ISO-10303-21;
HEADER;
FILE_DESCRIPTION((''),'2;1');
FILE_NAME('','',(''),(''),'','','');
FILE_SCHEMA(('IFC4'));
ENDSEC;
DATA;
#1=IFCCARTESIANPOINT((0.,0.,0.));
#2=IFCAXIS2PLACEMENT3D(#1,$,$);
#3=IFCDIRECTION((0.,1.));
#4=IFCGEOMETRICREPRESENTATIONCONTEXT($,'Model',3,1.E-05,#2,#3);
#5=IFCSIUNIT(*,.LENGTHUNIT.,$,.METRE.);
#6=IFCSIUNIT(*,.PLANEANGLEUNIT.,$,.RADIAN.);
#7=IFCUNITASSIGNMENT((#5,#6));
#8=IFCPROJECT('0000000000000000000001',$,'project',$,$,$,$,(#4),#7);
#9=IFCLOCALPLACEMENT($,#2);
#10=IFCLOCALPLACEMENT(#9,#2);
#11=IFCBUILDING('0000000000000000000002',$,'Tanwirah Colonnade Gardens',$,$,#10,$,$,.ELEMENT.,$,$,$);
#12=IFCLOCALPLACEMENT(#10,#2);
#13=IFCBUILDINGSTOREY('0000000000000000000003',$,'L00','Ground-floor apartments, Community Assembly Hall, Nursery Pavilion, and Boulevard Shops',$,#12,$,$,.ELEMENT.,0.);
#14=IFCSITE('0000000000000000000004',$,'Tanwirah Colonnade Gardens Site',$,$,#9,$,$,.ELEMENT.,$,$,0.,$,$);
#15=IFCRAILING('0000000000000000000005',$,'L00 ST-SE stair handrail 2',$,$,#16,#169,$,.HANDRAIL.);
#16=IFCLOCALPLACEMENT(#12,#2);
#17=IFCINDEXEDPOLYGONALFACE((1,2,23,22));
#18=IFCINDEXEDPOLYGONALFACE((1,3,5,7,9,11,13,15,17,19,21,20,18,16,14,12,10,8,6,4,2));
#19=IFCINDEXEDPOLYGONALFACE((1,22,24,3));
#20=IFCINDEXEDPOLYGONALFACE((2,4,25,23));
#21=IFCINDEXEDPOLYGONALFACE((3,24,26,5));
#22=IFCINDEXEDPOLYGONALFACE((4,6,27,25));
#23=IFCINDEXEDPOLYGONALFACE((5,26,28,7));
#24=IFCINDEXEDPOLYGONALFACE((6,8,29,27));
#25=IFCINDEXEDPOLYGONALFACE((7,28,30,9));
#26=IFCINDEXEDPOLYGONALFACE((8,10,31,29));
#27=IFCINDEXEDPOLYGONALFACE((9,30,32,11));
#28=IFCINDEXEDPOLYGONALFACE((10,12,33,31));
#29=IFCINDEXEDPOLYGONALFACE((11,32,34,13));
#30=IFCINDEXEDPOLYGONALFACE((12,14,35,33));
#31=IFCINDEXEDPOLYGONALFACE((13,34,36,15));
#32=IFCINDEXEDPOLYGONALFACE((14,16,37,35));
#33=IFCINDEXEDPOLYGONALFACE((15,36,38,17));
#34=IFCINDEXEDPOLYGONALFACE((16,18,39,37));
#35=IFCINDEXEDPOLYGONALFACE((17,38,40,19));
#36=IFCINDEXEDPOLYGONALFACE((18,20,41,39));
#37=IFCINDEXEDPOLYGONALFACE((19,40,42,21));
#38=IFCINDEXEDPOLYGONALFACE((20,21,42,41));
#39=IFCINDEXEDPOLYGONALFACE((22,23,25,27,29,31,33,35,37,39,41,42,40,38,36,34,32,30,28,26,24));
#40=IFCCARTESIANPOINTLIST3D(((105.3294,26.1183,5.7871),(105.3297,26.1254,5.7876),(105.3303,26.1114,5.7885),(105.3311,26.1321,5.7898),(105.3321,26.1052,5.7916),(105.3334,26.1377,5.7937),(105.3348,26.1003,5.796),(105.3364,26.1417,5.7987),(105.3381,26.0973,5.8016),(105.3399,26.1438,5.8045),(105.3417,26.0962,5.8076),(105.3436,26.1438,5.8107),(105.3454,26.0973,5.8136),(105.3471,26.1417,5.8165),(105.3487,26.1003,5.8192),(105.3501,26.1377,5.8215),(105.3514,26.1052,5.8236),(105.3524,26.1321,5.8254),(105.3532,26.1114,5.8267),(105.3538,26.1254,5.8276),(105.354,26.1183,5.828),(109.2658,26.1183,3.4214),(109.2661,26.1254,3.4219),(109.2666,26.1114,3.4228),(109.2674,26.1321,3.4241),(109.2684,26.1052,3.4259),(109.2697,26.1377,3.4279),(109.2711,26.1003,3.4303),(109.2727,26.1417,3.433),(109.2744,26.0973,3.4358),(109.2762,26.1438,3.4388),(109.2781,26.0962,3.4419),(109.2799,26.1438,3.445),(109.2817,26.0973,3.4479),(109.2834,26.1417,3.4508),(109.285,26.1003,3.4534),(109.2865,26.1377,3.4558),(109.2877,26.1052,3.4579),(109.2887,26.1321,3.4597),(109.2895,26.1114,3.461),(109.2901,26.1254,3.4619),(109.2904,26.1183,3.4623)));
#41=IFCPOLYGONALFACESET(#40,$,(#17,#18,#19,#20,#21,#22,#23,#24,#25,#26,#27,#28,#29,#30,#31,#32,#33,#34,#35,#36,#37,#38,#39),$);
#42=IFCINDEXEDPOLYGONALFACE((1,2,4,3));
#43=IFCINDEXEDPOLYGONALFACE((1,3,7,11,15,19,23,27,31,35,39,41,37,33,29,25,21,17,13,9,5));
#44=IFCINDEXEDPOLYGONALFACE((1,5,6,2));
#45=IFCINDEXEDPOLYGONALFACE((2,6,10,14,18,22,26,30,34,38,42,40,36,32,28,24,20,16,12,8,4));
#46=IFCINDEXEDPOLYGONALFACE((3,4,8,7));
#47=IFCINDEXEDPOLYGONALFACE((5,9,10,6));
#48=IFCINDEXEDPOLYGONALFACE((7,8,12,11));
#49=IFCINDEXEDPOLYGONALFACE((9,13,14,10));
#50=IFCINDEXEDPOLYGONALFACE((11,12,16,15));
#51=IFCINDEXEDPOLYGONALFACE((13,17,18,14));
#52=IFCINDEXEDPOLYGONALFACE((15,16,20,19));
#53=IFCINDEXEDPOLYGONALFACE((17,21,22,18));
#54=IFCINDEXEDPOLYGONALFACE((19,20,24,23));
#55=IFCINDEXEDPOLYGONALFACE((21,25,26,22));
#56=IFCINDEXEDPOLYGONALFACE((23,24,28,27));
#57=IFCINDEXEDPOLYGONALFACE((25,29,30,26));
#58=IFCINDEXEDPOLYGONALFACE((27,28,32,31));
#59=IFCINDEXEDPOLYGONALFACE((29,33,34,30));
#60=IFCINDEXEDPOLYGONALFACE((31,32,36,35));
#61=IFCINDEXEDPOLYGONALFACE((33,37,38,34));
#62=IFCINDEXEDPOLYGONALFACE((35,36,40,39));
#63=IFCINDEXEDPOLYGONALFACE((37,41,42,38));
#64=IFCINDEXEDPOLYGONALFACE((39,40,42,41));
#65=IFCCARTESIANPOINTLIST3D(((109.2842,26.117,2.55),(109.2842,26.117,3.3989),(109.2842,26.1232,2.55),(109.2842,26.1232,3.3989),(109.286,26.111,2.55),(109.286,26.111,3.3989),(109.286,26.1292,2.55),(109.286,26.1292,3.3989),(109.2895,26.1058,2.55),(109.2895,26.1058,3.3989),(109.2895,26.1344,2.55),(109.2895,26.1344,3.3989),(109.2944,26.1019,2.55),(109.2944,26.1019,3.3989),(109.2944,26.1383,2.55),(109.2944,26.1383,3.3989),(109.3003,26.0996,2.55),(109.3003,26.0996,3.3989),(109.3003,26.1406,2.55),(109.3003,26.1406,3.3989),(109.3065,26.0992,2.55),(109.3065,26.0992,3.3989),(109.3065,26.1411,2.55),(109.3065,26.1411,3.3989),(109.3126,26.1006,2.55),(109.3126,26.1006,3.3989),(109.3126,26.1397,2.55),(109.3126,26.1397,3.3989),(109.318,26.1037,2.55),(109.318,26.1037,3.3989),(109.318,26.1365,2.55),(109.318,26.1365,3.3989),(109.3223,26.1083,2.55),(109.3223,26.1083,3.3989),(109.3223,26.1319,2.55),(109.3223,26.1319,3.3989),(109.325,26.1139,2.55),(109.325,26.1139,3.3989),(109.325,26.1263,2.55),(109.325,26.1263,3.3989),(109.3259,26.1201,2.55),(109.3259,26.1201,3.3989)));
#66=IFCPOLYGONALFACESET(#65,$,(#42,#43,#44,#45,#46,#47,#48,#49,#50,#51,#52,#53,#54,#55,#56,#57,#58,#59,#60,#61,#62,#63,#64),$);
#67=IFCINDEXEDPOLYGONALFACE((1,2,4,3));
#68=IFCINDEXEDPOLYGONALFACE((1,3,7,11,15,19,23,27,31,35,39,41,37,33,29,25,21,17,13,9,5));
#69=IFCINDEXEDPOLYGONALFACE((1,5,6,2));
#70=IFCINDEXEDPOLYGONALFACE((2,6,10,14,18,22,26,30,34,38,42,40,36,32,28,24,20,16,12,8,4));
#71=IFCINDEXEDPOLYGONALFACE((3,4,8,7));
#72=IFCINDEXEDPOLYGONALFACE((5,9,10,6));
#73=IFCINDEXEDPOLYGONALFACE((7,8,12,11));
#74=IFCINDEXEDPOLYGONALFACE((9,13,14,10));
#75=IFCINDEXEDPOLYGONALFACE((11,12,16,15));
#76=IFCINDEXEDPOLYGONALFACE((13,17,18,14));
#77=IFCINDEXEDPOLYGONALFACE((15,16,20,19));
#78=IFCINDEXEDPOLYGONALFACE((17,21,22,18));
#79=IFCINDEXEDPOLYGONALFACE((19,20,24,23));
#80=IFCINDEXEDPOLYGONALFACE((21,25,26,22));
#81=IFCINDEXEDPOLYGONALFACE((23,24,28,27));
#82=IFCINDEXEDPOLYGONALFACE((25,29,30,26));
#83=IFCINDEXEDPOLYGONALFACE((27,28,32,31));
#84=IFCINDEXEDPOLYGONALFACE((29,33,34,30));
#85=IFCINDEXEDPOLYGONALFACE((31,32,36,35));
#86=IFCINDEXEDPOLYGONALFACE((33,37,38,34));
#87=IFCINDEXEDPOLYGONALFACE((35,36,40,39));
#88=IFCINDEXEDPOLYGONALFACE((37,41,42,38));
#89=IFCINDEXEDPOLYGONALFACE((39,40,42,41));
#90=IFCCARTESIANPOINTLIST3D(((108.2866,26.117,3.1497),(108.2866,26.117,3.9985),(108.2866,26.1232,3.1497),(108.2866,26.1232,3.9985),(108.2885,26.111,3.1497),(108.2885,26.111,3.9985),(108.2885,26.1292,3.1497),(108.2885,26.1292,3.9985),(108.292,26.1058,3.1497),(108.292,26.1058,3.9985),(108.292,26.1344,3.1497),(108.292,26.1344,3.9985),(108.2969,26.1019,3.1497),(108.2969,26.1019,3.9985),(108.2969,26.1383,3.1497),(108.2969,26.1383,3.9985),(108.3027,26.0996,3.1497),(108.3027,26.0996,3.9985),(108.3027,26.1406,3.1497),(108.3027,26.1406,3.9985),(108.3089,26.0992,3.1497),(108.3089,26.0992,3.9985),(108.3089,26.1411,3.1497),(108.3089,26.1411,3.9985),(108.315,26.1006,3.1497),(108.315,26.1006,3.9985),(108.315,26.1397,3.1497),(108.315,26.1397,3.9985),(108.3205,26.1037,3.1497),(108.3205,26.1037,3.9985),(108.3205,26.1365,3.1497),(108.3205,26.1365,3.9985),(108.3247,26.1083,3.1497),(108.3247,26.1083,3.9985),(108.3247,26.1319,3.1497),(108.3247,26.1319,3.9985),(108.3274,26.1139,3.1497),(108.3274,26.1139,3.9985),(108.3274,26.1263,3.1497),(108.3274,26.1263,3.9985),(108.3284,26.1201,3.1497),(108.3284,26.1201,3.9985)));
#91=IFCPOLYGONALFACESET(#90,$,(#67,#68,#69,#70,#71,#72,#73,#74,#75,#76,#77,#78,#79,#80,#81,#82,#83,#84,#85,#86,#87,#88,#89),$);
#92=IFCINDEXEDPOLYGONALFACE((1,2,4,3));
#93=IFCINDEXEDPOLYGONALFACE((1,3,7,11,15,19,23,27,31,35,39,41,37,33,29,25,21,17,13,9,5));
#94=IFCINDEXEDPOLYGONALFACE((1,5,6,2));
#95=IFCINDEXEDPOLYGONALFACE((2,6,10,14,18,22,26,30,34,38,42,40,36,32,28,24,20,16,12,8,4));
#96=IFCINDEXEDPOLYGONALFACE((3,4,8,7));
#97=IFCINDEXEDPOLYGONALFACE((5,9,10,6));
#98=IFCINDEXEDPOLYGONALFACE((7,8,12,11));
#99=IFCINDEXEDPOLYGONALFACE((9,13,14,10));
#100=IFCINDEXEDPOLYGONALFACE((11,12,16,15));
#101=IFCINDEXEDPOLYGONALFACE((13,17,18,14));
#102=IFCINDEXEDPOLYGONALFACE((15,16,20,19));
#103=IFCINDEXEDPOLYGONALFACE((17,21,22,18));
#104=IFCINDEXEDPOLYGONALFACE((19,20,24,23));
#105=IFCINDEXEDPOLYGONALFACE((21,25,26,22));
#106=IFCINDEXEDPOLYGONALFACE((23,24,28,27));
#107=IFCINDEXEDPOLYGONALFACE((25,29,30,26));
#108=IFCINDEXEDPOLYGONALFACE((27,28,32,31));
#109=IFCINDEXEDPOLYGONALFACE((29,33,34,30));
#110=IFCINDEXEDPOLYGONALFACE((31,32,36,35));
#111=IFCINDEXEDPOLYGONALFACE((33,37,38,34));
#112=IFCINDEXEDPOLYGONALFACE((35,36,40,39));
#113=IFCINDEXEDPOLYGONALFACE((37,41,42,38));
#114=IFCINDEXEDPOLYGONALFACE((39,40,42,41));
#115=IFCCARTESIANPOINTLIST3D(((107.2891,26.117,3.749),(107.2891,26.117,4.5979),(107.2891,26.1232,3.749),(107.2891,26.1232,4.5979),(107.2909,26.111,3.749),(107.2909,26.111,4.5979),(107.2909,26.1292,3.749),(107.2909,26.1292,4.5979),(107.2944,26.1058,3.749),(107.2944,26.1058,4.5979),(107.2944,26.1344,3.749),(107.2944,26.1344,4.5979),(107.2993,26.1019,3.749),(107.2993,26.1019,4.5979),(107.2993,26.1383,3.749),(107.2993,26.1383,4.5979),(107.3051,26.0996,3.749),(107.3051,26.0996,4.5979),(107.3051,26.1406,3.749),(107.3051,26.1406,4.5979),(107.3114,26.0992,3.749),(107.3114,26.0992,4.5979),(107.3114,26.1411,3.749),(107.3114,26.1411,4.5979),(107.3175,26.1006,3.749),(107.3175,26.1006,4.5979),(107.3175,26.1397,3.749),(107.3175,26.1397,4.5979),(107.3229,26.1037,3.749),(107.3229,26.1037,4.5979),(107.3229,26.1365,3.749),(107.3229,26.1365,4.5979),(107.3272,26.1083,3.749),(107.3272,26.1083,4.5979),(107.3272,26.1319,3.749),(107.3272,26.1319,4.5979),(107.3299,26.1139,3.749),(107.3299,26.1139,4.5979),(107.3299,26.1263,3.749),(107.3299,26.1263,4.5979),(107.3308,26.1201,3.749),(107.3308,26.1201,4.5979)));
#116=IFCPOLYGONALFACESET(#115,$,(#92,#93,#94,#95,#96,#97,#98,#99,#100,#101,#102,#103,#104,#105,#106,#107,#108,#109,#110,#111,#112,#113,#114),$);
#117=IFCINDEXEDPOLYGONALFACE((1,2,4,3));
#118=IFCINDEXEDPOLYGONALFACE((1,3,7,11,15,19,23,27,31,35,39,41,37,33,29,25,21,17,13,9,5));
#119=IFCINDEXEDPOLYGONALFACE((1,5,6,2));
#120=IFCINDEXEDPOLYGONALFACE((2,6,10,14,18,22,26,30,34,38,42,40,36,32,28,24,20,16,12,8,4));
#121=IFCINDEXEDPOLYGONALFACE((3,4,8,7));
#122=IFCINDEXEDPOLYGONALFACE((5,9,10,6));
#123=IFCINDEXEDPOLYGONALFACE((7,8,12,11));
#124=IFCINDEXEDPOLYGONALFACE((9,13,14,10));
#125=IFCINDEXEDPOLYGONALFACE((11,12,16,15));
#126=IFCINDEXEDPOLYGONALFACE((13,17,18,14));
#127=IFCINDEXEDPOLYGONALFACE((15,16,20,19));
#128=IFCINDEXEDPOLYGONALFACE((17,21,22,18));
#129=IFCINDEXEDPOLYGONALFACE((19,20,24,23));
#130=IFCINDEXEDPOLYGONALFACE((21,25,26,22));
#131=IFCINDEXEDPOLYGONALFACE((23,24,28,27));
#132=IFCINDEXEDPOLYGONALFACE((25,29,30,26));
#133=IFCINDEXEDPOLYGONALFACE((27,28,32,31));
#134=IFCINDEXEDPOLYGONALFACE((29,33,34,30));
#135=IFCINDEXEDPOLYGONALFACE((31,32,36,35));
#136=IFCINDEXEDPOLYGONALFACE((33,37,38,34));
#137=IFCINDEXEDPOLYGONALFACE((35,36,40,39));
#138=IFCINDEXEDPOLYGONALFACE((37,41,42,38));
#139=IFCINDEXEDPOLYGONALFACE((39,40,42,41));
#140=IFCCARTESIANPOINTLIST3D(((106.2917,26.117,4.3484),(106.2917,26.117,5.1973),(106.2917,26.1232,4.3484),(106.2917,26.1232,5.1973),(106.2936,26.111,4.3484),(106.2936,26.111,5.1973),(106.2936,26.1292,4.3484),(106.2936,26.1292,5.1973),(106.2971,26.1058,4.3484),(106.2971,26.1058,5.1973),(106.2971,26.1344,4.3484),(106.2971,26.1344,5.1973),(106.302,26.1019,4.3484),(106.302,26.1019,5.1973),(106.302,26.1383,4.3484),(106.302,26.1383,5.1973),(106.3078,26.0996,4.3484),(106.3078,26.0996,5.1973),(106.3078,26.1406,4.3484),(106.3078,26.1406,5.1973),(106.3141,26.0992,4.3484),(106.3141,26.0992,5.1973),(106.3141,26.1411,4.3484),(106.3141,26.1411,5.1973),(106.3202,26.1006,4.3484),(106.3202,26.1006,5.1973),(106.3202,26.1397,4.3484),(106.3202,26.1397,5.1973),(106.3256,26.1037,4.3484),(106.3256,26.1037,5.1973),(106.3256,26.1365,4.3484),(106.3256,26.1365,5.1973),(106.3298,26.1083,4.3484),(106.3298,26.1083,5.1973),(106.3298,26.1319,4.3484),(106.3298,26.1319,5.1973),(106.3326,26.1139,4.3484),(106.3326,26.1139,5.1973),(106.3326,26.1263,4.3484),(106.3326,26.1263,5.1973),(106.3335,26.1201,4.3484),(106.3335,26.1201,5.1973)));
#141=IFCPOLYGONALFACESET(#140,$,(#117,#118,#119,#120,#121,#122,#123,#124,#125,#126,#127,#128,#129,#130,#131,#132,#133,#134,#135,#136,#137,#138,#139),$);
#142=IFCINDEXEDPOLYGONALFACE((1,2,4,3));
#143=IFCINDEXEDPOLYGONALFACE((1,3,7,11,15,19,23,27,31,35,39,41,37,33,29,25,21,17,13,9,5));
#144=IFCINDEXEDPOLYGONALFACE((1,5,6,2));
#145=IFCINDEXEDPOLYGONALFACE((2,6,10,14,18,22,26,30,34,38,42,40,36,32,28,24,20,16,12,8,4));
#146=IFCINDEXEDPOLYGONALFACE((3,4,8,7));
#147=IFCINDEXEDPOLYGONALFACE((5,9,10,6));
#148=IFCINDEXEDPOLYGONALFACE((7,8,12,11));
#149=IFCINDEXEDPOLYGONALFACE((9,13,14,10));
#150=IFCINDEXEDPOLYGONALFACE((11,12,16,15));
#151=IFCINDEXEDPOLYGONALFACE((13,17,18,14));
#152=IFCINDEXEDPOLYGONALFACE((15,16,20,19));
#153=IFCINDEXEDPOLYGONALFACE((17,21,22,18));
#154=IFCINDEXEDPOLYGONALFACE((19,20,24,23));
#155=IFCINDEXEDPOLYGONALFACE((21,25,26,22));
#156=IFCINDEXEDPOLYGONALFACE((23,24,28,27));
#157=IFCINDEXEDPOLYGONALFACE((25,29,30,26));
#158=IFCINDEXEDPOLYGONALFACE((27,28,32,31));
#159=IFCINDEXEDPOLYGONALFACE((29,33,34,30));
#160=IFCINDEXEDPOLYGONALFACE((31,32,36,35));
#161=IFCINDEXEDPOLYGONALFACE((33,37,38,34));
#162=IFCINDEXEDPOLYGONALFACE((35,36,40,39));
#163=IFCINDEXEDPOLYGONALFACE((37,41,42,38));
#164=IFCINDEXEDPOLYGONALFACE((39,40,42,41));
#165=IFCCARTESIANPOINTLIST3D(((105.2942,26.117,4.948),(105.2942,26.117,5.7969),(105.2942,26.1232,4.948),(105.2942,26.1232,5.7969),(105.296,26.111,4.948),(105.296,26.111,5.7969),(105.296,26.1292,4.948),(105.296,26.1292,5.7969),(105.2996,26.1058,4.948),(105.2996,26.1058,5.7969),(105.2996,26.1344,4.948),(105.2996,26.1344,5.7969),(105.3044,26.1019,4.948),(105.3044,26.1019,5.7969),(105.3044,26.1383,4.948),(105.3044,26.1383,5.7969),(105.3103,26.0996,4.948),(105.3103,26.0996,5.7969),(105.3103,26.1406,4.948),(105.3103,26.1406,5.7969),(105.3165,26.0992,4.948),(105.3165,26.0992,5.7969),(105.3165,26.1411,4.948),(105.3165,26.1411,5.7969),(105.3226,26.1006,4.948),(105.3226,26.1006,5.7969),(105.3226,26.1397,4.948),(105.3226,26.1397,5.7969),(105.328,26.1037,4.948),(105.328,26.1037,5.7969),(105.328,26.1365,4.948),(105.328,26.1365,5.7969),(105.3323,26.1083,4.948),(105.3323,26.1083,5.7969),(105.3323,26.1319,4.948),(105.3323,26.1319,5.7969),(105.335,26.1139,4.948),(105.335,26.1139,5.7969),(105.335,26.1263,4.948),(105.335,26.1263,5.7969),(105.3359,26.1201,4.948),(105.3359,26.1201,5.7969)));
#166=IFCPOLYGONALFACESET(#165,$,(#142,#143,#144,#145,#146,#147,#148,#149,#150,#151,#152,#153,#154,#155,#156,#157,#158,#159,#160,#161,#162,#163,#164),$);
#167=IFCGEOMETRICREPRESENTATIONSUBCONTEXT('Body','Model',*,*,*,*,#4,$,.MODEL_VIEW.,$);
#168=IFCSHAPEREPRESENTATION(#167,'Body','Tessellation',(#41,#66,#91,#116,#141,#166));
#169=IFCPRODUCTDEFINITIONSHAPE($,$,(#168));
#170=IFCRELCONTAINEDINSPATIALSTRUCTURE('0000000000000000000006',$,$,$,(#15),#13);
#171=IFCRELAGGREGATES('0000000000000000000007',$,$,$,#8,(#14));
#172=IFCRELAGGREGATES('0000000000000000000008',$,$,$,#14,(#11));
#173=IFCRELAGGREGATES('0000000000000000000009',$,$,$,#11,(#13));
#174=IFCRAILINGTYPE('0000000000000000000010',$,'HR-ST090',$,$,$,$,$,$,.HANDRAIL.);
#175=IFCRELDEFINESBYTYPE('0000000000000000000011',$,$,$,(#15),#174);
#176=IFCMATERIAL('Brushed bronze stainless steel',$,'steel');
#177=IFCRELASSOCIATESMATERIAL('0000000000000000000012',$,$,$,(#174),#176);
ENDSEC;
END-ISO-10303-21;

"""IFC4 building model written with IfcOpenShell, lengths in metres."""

from ifc_helpers import new_model, si_unit, direction, frame, origin, origin_2d, place, context, subcontext, project, spatial, circle, extrude, material, type_object, element, save


model = new_model("IFC4")

# Units and contexts
model_context = context("Model", 3, precision=1e-05, world=origin(), true_north=direction((0.0, 1.0)))
body_context = subcontext(model_context, "Body", "Model", "MODEL_VIEW")
ifc_project = project(units=[si_unit("LENGTHUNIT", "METRE"), si_unit("PLANEANGLEUNIT", "RADIAN")], contexts=[model_context])

# Site, building, storey
site_placement = place(None, origin())
site = spatial("IfcSite", under=ifc_project, at=site_placement, Name="Tanwirah Colonnade Gardens Site", CompositionType="ELEMENT", RefElevation=0.0)
building_placement = place(site_placement, origin())
building = spatial("IfcBuilding", under=site, at=building_placement, Name="Tanwirah Colonnade Gardens", CompositionType="ELEMENT")
storey_placement = place(building_placement, origin())
storey = spatial("IfcBuildingStorey", under=building, at=storey_placement, Name="L00", Description="Ground-floor apartments, Community Assembly Hall, Nursery Pavilion, and Boulevard Shops", CompositionType="ELEMENT", Elevation=0.0)

# Railing
ifc_material_1 = material(Name="Brushed bronze stainless steel", Category="steel")
railing_type_1 = type_object("IfcRailingType", Name="HR-ST090", PredefinedType="HANDRAIL", material=ifc_material_1)
railing_1_placement = place(storey_placement, frame((109.3049, 26.1201, 2.55)))
element("IfcRailing", 1, at=railing_1_placement, inside=storey, type_object=railing_type_1, Name="L00 ST-SE stair handrail 2", PredefinedType="HANDRAIL", context=body_context, shape_type="SweptSolid", body=[
    extrude(circle(Radius=0.0239, at=origin_2d()), frame((-0.0269, 0.0, 0.8918), z_axis=(-0.857118, 0.0, 0.51512), x_axis=(0.0, -1.0, 0.0)), (0.0, 0.0, 1.0), 4.5925),
    extrude(circle(Radius=0.021, at=origin_2d()), origin(), (0.0, 0.0, 1.0), 0.8489),
    extrude(circle(Radius=0.021, at=origin_2d()), frame((-0.9976, 0.0, 0.5996)), (0.0, 0.0, 1.0), 0.8489),
    extrude(circle(Radius=0.021, at=origin_2d()), frame((-1.9951, 0.0, 1.199)), (0.0, 0.0, 1.0), 0.8489),
    extrude(circle(Radius=0.021, at=origin_2d()), frame((-2.9924, 0.0, 1.7983)), (0.0, 0.0, 1.0), 0.8489),
    extrude(circle(Radius=0.021, at=origin_2d()), frame((-3.99, 0.0, 2.3979)), (0.0, 0.0, 1.0), 0.8489),
])

save(model, "model.ifc")
